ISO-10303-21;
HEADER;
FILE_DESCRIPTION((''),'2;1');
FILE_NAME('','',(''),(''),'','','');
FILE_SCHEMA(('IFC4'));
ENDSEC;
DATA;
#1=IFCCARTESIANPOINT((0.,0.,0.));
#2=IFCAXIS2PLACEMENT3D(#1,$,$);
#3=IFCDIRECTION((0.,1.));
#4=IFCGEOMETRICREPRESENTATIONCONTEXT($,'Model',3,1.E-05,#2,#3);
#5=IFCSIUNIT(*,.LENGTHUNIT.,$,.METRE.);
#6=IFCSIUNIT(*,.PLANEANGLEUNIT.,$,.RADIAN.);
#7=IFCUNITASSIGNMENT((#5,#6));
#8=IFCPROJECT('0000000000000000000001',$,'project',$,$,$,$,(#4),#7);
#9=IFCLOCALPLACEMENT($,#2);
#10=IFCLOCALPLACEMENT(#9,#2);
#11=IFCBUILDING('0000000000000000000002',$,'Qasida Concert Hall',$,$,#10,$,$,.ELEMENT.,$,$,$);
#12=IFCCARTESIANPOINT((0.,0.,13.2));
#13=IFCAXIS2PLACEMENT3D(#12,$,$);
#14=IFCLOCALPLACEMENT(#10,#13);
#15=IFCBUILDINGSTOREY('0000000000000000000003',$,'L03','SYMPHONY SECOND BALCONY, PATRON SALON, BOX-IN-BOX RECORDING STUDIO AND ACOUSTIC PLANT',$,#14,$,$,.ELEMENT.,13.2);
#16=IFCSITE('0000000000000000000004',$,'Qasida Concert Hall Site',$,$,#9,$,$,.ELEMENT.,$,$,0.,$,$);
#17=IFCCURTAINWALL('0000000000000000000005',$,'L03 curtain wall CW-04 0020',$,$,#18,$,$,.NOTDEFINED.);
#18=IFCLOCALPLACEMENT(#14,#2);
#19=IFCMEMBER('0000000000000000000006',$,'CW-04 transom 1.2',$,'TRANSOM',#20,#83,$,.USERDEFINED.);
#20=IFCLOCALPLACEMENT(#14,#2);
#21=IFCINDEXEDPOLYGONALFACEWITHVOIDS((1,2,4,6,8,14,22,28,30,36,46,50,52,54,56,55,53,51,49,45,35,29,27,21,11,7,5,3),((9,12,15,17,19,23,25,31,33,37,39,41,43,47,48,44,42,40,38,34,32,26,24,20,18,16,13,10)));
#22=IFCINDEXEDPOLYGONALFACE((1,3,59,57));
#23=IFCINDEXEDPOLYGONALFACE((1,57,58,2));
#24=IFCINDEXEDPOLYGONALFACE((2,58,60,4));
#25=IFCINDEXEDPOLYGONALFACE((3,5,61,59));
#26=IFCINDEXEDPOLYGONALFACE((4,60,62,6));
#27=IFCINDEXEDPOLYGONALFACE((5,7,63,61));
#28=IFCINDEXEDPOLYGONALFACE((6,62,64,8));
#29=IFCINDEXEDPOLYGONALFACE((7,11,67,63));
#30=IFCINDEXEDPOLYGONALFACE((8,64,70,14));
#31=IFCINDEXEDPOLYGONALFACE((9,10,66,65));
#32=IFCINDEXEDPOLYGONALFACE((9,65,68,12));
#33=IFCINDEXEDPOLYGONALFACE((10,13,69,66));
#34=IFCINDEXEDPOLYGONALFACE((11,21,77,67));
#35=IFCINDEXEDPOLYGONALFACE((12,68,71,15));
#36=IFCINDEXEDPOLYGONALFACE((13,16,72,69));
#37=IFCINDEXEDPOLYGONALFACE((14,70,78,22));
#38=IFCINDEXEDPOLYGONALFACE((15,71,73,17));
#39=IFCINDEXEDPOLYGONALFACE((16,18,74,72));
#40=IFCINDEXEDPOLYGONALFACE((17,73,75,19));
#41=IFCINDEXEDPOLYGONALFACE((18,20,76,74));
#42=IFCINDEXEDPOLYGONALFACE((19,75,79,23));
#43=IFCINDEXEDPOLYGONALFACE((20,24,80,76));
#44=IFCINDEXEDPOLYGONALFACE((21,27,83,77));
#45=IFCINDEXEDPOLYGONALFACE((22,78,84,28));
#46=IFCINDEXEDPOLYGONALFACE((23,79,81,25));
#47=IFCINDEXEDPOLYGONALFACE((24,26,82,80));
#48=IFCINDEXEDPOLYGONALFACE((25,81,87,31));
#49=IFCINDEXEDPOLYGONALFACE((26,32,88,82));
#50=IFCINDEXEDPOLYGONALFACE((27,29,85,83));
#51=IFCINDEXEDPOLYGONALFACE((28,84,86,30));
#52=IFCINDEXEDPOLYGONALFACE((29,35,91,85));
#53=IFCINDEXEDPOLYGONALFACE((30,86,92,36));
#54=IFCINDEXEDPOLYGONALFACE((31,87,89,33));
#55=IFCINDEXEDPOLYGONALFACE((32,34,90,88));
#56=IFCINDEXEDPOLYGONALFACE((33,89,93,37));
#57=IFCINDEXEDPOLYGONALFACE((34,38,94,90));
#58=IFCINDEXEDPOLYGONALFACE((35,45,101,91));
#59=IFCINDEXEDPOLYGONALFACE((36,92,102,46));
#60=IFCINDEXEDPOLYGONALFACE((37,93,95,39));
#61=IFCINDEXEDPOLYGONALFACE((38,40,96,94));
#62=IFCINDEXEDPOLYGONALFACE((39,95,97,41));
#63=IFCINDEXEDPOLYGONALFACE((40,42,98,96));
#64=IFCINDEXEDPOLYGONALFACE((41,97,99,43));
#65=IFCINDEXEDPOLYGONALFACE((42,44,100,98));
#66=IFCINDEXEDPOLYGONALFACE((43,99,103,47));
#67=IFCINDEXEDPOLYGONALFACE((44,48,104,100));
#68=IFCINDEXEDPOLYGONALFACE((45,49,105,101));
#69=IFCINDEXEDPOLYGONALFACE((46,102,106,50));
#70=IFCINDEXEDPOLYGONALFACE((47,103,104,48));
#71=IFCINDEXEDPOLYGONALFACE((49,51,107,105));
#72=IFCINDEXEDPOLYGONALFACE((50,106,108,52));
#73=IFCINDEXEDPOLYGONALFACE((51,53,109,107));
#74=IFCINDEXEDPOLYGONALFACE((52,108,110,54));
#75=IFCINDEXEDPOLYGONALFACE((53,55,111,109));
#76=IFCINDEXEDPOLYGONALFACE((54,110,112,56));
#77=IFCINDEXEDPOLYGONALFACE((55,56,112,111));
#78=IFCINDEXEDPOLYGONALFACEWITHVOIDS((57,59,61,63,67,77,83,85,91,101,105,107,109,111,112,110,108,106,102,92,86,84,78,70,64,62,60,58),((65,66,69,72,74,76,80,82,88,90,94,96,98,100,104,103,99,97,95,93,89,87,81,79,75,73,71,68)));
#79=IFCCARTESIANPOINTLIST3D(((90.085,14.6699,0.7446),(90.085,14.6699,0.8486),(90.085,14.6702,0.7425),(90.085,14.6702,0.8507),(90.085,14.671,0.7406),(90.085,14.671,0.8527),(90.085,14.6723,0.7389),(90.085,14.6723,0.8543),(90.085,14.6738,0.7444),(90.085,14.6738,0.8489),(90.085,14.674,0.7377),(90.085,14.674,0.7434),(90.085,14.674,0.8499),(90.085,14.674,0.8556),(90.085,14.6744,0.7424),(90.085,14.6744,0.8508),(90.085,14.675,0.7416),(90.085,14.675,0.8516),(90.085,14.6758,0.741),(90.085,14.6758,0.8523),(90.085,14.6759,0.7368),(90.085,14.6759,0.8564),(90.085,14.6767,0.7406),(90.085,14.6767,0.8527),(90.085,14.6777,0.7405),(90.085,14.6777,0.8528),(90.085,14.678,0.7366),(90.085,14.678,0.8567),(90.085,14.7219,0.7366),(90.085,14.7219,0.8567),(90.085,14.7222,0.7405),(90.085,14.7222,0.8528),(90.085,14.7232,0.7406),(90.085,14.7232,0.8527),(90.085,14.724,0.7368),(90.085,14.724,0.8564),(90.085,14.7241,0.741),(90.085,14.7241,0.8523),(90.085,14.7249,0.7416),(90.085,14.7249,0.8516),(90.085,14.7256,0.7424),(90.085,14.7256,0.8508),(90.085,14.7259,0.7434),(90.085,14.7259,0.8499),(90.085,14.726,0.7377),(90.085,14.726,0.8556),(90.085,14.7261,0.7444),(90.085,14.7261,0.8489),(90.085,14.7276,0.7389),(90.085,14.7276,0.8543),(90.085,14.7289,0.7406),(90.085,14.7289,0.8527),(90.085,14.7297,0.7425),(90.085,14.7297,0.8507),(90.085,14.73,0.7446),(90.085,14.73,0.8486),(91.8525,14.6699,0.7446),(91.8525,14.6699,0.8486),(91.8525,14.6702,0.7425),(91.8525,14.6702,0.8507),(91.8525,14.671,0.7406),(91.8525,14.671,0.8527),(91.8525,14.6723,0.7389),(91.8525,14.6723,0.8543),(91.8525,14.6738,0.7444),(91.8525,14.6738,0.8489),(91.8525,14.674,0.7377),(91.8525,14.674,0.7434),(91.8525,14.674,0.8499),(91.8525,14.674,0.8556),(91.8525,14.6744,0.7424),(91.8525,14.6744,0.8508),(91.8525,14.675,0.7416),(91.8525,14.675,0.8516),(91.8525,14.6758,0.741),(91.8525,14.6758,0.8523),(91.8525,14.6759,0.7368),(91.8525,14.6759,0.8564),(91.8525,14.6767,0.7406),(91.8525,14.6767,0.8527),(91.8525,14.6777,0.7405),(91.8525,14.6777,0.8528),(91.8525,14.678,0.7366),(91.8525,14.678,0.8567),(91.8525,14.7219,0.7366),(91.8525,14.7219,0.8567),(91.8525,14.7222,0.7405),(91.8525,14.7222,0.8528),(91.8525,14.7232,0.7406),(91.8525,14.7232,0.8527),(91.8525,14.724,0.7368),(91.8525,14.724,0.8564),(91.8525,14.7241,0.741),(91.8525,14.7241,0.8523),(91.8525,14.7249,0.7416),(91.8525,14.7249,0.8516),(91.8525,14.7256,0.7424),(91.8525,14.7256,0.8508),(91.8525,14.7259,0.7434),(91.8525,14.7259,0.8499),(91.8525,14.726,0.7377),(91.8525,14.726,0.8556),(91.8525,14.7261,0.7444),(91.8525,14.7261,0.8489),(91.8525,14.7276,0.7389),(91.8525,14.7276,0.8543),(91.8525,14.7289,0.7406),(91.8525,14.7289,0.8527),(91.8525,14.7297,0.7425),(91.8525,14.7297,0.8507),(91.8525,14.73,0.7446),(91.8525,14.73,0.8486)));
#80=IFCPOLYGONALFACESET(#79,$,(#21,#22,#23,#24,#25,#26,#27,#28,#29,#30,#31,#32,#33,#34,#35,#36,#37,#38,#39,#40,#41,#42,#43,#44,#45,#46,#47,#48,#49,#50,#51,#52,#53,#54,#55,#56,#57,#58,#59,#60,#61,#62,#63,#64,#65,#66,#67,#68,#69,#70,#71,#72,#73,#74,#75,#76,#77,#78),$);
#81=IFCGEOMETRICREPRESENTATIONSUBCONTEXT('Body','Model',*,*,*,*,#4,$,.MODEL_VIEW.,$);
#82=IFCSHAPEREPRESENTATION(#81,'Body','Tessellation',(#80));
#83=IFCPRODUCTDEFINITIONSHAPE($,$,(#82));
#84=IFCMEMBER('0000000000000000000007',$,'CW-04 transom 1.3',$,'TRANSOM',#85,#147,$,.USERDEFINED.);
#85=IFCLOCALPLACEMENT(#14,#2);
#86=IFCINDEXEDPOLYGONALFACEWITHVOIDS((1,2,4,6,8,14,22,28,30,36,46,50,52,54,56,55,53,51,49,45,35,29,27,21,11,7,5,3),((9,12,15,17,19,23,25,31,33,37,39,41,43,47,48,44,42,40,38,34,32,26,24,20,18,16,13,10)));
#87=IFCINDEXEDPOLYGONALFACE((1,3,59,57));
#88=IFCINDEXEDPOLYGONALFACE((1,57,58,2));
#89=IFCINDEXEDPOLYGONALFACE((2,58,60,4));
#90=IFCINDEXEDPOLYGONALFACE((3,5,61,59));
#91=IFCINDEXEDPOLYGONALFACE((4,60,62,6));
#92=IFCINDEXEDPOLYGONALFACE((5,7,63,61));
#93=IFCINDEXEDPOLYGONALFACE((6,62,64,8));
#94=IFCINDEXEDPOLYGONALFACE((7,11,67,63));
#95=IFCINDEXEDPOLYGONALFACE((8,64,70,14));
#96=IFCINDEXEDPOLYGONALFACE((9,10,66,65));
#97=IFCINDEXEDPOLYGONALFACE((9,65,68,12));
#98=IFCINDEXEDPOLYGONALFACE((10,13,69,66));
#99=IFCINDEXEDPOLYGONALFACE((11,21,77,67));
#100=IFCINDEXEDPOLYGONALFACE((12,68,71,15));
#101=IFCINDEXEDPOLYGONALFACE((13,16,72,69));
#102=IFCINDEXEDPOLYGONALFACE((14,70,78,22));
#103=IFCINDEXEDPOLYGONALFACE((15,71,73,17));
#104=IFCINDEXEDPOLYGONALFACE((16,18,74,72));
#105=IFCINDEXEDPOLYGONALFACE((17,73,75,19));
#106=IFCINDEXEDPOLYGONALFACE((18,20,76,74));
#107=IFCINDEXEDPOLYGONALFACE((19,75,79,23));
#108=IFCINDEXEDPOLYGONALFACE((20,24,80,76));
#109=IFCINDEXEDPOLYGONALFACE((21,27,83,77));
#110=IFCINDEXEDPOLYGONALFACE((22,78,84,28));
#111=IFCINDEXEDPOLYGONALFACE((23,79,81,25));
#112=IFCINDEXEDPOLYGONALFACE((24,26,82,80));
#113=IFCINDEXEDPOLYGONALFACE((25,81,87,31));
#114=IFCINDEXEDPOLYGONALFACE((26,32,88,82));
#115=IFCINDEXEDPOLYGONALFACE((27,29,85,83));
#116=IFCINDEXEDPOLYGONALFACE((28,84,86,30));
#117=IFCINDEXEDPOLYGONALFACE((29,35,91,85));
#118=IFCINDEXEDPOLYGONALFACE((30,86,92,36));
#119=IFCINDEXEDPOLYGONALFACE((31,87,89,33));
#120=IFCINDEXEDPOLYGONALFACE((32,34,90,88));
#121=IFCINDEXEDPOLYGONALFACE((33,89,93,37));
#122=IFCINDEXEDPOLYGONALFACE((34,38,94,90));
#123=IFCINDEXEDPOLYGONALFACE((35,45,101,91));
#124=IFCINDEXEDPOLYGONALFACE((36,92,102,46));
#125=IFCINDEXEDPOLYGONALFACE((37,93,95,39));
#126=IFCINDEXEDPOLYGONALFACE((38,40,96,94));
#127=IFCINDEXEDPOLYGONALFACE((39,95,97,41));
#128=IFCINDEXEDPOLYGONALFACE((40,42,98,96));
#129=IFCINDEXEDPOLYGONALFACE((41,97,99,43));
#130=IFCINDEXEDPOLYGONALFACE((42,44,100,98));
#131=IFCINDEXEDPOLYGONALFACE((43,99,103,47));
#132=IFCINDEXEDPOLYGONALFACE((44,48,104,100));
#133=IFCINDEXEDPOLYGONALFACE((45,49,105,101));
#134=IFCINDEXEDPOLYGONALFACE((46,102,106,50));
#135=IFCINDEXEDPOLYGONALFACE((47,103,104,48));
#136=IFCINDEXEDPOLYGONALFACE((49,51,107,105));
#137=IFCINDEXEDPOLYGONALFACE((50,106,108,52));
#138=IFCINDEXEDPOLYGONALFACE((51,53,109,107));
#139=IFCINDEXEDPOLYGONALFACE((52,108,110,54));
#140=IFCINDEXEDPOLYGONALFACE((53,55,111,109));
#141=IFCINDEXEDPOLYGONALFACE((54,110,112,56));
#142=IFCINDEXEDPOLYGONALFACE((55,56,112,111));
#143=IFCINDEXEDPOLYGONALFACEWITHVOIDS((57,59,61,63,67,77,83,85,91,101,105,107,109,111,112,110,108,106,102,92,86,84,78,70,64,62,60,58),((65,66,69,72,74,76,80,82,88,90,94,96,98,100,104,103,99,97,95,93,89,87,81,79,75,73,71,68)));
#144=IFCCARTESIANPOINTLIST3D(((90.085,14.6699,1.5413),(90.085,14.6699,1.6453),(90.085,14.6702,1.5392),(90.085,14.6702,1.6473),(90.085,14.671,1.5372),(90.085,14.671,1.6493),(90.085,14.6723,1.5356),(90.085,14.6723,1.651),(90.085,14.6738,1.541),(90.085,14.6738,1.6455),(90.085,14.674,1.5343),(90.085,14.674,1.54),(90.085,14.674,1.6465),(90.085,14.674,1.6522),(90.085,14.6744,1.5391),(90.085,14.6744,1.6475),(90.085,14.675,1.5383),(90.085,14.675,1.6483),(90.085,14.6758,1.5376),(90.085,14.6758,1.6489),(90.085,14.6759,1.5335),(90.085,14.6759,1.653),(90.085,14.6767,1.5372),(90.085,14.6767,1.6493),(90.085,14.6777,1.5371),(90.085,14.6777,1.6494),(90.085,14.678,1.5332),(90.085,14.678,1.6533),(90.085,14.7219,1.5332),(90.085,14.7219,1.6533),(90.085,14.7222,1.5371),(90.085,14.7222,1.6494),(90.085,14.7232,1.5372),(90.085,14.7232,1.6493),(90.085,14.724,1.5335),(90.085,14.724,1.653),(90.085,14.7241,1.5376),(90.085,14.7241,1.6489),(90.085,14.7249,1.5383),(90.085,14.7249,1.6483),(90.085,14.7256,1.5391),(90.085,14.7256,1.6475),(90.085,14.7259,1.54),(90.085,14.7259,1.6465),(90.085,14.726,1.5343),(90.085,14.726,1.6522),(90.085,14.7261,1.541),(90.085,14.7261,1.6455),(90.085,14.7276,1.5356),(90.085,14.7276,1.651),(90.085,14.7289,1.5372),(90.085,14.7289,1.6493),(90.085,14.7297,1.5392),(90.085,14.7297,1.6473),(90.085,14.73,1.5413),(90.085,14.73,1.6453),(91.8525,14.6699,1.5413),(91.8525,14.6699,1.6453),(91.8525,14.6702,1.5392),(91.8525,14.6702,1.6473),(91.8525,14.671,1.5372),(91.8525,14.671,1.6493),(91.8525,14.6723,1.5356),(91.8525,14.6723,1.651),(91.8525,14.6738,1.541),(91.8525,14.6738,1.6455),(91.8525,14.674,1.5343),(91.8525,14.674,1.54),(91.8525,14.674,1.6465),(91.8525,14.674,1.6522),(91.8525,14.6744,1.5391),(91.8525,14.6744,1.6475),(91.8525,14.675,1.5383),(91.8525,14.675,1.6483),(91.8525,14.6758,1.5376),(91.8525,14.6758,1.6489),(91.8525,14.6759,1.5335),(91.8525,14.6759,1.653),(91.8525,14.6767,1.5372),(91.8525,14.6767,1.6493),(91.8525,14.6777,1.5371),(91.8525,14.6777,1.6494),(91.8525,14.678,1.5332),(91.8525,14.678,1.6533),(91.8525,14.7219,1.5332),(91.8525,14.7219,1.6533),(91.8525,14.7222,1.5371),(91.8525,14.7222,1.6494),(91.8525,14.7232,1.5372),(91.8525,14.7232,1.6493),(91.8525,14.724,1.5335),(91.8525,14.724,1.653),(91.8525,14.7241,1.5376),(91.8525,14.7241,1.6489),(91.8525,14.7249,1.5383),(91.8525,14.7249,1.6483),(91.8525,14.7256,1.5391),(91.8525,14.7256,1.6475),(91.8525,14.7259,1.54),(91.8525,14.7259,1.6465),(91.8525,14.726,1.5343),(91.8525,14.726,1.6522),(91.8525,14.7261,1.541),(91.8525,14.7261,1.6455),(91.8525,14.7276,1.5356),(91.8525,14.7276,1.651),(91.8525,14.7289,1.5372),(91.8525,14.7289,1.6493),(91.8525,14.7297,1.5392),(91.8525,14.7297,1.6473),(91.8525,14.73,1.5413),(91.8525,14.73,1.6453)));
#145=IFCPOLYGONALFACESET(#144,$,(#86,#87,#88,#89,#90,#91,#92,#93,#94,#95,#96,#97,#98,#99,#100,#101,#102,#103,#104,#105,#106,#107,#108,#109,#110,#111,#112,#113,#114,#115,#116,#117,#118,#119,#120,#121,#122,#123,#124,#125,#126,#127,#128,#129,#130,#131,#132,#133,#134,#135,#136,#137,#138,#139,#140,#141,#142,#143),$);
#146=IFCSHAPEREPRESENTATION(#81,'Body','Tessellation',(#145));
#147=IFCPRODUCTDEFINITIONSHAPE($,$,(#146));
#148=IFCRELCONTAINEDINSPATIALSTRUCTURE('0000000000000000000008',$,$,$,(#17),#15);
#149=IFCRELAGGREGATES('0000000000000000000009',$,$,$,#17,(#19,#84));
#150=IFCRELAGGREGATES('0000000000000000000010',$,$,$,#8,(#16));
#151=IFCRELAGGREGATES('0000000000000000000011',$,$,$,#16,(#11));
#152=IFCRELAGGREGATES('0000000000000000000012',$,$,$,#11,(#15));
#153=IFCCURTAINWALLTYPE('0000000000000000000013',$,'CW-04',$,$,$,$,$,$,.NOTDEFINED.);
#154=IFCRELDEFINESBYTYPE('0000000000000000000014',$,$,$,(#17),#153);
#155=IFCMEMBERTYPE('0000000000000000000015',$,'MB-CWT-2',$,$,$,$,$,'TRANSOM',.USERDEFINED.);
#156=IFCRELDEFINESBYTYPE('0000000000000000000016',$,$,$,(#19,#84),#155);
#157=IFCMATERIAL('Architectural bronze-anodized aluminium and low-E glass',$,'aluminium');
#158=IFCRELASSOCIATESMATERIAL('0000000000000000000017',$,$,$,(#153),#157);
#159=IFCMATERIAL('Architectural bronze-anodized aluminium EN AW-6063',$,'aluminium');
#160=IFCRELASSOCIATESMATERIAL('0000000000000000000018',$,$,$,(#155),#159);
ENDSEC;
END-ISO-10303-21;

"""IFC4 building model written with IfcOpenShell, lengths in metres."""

from ifc_helpers import new_model, si_unit, direction, frame, origin, origin_2d, place, context, subcontext, project, spatial, hollow_rectangle, extrude, material, material_profile, profile_set, type_object, element, aggregate, save


model = new_model("IFC4")

# Units and contexts
model_context = context("Model", 3, precision=1e-05, world=origin(), true_north=direction((0.0, 1.0)))
body_context = subcontext(model_context, "Body", "Model", "MODEL_VIEW")
ifc_project = project(units=[si_unit("LENGTHUNIT", "METRE"), si_unit("PLANEANGLEUNIT", "RADIAN")], contexts=[model_context])

# Site, building, storey
site_placement = place(None, origin())
site = spatial("IfcSite", under=ifc_project, at=site_placement, Name="Qasida Concert Hall Site", CompositionType="ELEMENT", RefElevation=0.0)
building_placement = place(site_placement, origin())
building = spatial("IfcBuilding", under=site, at=building_placement, Name="Qasida Concert Hall", CompositionType="ELEMENT")
storey_placement = place(building_placement, frame((0.0, 0.0, 13.2)))
storey = spatial("IfcBuildingStorey", under=building, at=storey_placement, Name="L03", Description="SYMPHONY SECOND BALCONY, PATRON SALON, BOX-IN-BOX RECORDING STUDIO AND ACOUSTIC PLANT", CompositionType="ELEMENT", Elevation=13.2)

# Shared definitions
ifc_material_1 = material(Name="Architectural bronze-anodized aluminium and low-E glass", Category="aluminium")
curtain_wall_type = type_object("IfcCurtainWallType", Name="CW-04", PredefinedType="NOTDEFINED", material=ifc_material_1)
ifc_material_2 = material(Name="Architectural bronze-anodized aluminium EN AW-6063", Category="aluminium")

# Curtain wall, members
curtain_wall_1_placement = place(storey_placement, origin())
curtain_wall_1 = element("IfcCurtainWall", 1, at=curtain_wall_1_placement, inside=storey, type_object=curtain_wall_type, Name="L03 curtain wall CW-04 0020", PredefinedType="NOTDEFINED")
ifc_material_profile_1 = material_profile(ifc_material_2, hollow_rectangle(XDim=0.0601, YDim=0.1201, WallThickness=0.0039, InnerFilletRadius=0.0039, OuterFilletRadius=0.0081, at=origin_2d()), Name="CWT 120x60x4")
ifc_profile_set_1 = profile_set([ifc_material_profile_1], Name="Architectural bronze-anodized aluminium EN AW-6063")
member_type_1 = type_object("IfcMemberType", Name="MB-CWT-2", ElementType="TRANSOM", PredefinedType="USERDEFINED", material=ifc_profile_set_1)
member_1_placement = place(storey_placement, frame((90.085, 14.7, 0.7966), z_axis=(1.0, 0.0, 0.0), x_axis=(0.0, 1.0, 0.0)))
member_1 = element("IfcMember", 2, at=member_1_placement, type_object=member_type_1, Name="CW-04 transom 1.2", ObjectType="TRANSOM", PredefinedType="USERDEFINED", context=body_context, shape_type="SweptSolid", body=[
    extrude(hollow_rectangle(XDim=0.0601, YDim=0.1201, WallThickness=0.0039, InnerFilletRadius=0.0039, OuterFilletRadius=0.0081, at=origin_2d()), origin(), (0.0, 0.0, 1.0), 1.7676),
])
member_2_placement = place(storey_placement, frame((90.085, 14.7, 1.5933), z_axis=(1.0, 0.0, 0.0), x_axis=(0.0, 1.0, 0.0)))
member_2 = element("IfcMember", 3, at=member_2_placement, type_object=member_type_1, Name="CW-04 transom 1.3", ObjectType="TRANSOM", PredefinedType="USERDEFINED", context=body_context, shape_type="SweptSolid", body=[
    extrude(hollow_rectangle(XDim=0.0601, YDim=0.1201, WallThickness=0.0039, InnerFilletRadius=0.0039, OuterFilletRadius=0.0081, at=origin_2d()), origin(), (0.0, 0.0, 1.0), 1.7676),
])

aggregate(curtain_wall_1, [member_1, member_2])

save(model, "model.ifc")
